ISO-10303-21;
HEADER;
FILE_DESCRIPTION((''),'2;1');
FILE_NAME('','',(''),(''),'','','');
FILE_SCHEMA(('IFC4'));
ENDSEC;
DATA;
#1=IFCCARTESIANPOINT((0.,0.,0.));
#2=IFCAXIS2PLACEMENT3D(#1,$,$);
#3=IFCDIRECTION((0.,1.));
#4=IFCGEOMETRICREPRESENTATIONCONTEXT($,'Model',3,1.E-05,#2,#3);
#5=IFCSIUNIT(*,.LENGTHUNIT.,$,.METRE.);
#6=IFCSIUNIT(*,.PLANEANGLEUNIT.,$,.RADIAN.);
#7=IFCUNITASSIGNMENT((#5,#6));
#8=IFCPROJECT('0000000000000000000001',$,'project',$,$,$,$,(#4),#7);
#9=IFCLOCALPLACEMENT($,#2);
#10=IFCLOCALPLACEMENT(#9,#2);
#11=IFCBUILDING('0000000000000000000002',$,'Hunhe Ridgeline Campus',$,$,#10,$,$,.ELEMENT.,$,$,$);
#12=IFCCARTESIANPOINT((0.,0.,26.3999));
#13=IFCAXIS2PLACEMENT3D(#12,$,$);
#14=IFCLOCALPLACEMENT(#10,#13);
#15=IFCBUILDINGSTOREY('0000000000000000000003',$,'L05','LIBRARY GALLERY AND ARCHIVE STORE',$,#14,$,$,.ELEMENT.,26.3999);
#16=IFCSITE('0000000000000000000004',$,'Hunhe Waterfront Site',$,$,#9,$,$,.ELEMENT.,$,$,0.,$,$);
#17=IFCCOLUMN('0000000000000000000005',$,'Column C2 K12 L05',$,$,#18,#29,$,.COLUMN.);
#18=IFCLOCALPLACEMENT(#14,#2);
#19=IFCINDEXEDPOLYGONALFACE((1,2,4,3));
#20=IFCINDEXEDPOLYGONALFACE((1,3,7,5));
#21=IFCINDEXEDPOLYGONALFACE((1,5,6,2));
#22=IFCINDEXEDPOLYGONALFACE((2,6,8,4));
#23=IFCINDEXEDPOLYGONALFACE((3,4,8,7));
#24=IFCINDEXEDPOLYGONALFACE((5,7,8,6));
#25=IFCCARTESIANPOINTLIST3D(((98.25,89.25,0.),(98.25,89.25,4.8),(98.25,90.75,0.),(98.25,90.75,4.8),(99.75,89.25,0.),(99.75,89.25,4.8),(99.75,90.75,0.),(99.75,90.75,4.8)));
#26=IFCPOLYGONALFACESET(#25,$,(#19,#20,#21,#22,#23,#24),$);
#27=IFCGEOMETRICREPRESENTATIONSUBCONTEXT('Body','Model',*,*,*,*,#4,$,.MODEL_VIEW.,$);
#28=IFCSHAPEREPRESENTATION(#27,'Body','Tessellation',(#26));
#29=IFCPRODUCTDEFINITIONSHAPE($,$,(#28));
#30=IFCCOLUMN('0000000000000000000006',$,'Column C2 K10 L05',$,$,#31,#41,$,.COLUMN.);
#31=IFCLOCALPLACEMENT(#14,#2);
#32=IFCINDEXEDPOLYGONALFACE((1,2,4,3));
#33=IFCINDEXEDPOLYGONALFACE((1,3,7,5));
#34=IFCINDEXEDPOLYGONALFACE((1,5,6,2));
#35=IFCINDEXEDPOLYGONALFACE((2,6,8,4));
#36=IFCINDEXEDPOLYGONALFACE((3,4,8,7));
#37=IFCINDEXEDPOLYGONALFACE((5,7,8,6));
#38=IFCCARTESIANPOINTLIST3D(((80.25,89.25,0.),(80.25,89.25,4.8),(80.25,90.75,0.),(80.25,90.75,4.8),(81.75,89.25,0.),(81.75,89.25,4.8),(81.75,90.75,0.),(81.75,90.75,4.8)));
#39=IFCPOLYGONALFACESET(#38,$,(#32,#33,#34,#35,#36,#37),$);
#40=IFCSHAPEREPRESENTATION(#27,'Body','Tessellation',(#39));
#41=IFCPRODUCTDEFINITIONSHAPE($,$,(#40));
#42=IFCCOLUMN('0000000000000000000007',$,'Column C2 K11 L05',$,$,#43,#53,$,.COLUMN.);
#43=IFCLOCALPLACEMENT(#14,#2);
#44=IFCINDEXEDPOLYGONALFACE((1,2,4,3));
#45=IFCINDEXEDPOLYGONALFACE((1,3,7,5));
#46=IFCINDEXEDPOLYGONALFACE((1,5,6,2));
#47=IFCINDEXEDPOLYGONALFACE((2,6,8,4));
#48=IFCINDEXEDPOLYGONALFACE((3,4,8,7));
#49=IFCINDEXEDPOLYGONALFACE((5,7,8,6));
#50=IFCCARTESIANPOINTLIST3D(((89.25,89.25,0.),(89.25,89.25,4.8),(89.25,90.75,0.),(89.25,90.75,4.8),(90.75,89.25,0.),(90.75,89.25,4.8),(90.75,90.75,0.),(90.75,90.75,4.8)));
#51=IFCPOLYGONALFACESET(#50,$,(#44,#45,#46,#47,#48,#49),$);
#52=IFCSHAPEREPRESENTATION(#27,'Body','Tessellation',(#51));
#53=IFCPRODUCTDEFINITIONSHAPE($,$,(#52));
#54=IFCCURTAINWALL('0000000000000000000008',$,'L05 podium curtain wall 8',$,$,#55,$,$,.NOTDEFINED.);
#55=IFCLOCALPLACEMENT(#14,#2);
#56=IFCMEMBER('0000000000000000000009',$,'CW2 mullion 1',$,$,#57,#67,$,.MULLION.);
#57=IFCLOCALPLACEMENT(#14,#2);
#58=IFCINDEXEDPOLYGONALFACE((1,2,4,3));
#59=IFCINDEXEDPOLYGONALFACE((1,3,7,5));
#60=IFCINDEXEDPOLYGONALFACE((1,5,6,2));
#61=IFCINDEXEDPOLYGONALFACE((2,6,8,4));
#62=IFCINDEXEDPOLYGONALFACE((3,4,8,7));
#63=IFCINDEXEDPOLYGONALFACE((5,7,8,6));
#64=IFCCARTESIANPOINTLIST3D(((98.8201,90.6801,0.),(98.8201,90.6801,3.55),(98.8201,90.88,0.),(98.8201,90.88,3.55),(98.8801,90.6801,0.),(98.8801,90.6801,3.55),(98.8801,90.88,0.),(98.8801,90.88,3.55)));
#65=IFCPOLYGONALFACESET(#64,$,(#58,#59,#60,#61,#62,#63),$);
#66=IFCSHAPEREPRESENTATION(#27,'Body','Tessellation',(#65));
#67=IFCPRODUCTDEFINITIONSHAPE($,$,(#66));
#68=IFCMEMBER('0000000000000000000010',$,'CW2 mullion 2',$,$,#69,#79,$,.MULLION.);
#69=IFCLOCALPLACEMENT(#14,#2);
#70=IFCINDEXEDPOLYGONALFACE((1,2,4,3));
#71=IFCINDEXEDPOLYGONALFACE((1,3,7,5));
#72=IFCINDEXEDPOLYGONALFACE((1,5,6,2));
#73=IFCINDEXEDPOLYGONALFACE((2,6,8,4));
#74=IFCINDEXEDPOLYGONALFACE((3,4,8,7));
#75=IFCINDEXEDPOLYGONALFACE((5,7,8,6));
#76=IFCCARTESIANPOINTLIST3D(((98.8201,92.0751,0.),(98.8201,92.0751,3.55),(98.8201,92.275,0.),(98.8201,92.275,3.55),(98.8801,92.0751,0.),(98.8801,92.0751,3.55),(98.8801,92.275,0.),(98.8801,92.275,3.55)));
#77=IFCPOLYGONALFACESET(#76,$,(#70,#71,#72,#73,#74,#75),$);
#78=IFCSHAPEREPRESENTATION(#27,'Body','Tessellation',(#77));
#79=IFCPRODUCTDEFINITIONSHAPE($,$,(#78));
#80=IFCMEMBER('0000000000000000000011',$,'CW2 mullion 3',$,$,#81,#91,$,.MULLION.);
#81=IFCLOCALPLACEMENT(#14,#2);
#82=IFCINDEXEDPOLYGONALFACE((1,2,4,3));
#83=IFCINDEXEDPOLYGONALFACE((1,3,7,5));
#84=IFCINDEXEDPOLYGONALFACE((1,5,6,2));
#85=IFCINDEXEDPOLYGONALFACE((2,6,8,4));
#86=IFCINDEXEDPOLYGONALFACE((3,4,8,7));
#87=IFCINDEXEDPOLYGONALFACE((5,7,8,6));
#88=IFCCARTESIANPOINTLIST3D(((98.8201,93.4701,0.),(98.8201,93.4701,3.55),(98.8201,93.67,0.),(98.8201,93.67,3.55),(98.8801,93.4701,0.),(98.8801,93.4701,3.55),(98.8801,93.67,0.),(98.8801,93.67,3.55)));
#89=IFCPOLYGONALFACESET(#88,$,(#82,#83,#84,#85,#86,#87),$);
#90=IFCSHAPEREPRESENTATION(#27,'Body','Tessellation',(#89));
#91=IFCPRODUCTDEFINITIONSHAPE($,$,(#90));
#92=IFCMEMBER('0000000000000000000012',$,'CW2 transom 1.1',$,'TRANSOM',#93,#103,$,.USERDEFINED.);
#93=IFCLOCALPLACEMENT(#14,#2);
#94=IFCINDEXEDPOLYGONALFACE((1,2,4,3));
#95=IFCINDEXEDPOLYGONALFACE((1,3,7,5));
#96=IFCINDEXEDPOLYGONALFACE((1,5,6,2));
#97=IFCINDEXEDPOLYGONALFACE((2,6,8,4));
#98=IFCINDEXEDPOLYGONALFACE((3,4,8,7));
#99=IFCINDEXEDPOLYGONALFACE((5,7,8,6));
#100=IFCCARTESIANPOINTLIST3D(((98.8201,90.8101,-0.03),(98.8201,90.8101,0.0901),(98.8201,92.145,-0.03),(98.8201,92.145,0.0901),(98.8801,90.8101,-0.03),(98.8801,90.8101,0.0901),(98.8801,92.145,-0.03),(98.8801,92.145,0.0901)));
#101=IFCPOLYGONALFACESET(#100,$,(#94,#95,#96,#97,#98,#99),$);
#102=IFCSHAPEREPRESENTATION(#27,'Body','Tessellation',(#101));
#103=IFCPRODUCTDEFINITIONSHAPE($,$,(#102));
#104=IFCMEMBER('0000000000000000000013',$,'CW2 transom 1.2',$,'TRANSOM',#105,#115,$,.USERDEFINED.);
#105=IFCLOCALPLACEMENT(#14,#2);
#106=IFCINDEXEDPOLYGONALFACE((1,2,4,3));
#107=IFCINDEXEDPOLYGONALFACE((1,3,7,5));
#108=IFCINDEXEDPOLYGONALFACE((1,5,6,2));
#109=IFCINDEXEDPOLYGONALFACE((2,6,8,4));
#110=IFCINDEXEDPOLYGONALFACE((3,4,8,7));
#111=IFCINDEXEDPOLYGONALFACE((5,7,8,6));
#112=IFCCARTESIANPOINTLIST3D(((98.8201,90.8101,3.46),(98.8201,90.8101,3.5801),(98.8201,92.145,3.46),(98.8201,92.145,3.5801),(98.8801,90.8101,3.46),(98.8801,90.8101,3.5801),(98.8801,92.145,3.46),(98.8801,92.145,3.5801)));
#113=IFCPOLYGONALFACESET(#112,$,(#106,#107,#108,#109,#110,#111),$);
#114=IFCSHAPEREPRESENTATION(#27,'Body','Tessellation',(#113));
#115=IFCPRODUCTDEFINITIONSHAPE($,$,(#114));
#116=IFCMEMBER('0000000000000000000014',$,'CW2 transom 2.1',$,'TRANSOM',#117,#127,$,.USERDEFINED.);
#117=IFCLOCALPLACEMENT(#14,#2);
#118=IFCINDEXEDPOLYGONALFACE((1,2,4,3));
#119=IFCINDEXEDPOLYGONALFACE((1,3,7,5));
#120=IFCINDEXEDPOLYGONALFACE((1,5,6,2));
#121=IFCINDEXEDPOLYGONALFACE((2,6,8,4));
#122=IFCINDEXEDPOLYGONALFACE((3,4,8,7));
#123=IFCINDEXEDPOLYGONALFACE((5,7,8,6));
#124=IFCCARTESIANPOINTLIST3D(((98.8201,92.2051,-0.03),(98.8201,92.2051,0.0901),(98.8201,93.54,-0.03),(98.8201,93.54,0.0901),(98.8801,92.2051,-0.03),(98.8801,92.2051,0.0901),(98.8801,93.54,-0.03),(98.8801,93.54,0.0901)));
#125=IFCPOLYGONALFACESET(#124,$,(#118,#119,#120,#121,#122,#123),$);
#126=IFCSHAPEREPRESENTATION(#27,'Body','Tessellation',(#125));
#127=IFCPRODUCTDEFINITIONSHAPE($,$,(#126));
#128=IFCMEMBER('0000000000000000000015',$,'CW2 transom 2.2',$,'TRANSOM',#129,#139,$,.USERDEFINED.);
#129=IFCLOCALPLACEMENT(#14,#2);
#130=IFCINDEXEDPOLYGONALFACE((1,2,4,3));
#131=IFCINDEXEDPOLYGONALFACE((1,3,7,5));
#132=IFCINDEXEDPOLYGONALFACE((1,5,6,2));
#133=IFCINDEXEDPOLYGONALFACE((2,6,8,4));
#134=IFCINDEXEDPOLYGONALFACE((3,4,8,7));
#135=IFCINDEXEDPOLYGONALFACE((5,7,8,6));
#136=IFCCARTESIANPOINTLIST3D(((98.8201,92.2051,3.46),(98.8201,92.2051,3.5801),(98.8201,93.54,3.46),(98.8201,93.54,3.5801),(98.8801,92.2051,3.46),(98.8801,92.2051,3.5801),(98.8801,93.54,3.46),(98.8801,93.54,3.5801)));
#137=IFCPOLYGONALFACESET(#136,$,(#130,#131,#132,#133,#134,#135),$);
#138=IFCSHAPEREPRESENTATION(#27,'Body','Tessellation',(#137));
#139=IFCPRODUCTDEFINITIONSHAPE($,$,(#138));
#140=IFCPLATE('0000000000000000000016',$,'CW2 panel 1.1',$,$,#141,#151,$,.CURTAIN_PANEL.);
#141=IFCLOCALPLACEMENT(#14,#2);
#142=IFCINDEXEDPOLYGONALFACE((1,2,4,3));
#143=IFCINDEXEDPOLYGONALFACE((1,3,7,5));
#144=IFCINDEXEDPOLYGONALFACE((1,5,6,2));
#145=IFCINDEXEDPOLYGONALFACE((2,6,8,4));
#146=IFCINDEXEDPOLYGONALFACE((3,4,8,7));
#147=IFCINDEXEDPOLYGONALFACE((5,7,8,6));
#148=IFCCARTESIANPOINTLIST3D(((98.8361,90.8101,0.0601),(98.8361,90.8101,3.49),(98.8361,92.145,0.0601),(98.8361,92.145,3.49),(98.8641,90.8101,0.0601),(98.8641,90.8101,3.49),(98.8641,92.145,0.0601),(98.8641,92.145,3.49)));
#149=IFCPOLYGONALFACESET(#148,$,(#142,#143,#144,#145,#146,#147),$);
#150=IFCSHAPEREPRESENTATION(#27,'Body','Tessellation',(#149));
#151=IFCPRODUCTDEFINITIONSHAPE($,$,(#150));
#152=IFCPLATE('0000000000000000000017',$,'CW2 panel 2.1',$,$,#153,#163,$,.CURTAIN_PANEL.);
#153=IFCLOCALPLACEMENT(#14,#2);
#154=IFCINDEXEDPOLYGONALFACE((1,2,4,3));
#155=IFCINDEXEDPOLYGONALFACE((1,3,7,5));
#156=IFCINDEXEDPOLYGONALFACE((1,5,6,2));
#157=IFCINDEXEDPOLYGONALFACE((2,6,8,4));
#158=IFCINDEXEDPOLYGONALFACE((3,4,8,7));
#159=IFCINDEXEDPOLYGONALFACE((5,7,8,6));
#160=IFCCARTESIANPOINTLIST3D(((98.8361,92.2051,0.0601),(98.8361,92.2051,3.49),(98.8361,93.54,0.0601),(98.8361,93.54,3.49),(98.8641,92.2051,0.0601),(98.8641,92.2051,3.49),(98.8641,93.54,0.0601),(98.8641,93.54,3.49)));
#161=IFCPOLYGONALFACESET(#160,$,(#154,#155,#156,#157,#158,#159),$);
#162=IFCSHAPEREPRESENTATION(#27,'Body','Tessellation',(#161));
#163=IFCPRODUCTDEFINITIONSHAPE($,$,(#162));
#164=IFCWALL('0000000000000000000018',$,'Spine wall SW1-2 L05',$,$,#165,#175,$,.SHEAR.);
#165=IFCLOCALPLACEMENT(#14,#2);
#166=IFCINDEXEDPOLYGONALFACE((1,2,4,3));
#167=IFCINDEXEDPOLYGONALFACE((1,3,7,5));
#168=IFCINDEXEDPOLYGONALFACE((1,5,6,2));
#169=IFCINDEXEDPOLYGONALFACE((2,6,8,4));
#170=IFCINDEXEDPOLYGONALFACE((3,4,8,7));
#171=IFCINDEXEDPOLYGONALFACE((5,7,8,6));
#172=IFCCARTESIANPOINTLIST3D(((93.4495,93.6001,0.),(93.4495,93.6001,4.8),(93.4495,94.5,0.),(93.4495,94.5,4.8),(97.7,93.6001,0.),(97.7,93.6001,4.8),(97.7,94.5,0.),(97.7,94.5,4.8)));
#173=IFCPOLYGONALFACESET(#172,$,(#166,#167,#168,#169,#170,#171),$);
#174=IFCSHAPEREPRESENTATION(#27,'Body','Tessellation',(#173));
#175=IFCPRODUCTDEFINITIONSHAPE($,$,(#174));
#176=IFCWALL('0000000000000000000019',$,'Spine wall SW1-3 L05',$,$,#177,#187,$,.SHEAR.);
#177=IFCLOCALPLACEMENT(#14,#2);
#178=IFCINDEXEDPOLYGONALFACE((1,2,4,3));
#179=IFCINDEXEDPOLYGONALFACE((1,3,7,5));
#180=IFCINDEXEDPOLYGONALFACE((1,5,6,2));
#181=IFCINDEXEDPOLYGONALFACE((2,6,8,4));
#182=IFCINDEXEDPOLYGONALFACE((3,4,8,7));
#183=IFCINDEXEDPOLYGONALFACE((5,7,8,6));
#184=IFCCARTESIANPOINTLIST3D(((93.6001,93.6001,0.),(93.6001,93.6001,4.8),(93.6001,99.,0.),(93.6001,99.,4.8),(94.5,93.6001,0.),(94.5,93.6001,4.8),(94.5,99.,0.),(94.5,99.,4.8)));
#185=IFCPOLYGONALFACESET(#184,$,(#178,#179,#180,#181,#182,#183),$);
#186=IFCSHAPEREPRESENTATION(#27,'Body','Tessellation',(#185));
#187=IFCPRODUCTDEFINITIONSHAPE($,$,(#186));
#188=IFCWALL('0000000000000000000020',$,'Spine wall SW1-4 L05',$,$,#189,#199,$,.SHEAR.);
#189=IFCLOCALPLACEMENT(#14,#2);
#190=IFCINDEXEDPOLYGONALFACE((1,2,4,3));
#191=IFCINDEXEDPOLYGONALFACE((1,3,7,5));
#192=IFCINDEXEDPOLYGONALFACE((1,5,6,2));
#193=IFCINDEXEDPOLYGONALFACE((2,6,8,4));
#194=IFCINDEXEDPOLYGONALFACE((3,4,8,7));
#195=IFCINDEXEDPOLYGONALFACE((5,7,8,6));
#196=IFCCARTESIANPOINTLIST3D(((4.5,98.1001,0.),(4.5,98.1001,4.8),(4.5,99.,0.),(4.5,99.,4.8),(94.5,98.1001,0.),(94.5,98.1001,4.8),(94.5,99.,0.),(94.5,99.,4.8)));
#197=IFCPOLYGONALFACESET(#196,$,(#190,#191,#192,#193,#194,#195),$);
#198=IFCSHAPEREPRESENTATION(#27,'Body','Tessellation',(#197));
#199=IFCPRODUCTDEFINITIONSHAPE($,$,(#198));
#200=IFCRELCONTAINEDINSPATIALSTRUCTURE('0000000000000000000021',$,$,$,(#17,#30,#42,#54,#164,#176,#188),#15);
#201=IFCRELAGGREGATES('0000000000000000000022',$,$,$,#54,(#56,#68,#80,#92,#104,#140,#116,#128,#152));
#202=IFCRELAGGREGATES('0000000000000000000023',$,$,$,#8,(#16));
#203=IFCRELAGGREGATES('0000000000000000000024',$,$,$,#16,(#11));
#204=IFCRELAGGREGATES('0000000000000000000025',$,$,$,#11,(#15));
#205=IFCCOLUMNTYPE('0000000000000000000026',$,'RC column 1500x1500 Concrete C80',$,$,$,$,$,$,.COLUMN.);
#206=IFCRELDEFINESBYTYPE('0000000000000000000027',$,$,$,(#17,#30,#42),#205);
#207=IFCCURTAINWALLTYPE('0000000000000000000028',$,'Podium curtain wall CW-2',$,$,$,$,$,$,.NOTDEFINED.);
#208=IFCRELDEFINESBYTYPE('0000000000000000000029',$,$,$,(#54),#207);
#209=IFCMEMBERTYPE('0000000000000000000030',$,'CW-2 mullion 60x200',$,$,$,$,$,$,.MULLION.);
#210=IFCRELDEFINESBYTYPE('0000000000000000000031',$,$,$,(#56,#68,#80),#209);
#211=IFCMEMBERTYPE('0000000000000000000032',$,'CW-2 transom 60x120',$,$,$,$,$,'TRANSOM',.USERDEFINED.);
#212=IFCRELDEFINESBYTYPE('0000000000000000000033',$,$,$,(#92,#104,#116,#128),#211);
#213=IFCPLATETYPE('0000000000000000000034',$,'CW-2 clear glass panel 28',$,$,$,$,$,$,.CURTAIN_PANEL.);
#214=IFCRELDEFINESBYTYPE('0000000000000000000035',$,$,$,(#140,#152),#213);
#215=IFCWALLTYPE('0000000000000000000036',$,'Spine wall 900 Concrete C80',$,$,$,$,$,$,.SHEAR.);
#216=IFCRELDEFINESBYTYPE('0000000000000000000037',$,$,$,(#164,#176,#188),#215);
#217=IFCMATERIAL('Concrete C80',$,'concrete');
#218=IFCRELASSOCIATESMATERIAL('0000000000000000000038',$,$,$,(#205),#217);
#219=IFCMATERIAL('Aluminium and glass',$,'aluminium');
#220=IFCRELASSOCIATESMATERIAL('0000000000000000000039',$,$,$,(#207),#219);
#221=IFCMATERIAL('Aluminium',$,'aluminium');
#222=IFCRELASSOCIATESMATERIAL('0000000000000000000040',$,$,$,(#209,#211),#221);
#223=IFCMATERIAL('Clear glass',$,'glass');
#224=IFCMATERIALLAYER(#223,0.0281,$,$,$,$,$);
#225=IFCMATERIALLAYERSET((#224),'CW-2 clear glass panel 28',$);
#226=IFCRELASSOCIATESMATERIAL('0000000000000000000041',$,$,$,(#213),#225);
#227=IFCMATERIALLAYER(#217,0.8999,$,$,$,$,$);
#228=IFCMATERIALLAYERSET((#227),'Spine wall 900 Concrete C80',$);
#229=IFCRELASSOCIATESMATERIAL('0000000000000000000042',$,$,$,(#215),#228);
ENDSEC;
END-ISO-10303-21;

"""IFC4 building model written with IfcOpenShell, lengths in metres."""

from ifc_helpers import new_model, si_unit, direction, frame, frame_2d, origin, origin_2d, place, context, subcontext, project, spatial, rectangle, extrude, material, layer, layer_set, material_profile, profile_set, type_object, element, aggregate, save


model = new_model("IFC4")

# Units and contexts
model_context = context("Model", 3, precision=1e-05, world=origin(), true_north=direction((0.0, 1.0)))
body_context = subcontext(model_context, "Body", "Model", "MODEL_VIEW")
ifc_project = project(units=[si_unit("LENGTHUNIT", "METRE"), si_unit("PLANEANGLEUNIT", "RADIAN")], contexts=[model_context])

# Site, building, storey
site_placement = place(None, origin())
site = spatial("IfcSite", under=ifc_project, at=site_placement, Name="Hunhe Waterfront Site", CompositionType="ELEMENT", RefElevation=0.0)
building_placement = place(site_placement, origin())
building = spatial("IfcBuilding", under=site, at=building_placement, Name="Hunhe Ridgeline Campus", CompositionType="ELEMENT")
storey_placement = place(building_placement, frame((0.0, 0.0, 26.3999)))
storey = spatial("IfcBuildingStorey", under=building, at=storey_placement, Name="L05", Description="LIBRARY GALLERY AND ARCHIVE STORE", CompositionType="ELEMENT", Elevation=26.3999)

# Columns
ifc_material_1 = material(Name="Concrete C80", Category="concrete")
ifc_material_profile_1 = material_profile(ifc_material_1, rectangle(XDim=1.5, YDim=1.5, at=origin_2d()))
ifc_profile_set_1 = profile_set([ifc_material_profile_1], Name="Concrete C80")
column_type = type_object("IfcColumnType", Name="RC column 1500x1500 Concrete C80", PredefinedType="COLUMN", material=ifc_profile_set_1)
for number, where, z_axis, x_axis, name in (
    (1, (99.0, 90.0, 0.0), (0.0, 0.0, 1.0), (1.0, 0.0, 0.0), "Column C2 K12 L05"),
    (2, (81.0, 90.0, 0.0), (0.0, 0.0, 1.0), (1.0, 0.0, 0.0), "Column C2 K10 L05"),
    (3, (90.0, 90.0, 0.0), (0.0, 0.0, 1.0), (1.0, 0.0, 0.0), "Column C2 K11 L05"),
):
    element("IfcColumn", number, at=place(storey_placement, frame(where, z_axis=z_axis, x_axis=x_axis)), inside=storey, type_object=column_type, Name=name, PredefinedType="COLUMN", context=body_context, shape_type="SweptSolid", body=[
        extrude(rectangle(XDim=1.5, YDim=1.5, at=origin_2d()), origin(), (0.0, 0.0, 1.0), 4.8),
    ])

# Curtain wall, members, plates
ifc_material_2 = material(Name="Aluminium and glass", Category="aluminium")
curtain_wall_type = type_object("IfcCurtainWallType", Name="Podium curtain wall CW-2", PredefinedType="NOTDEFINED", material=ifc_material_2)
curtain_wall_placement = place(storey_placement, origin())
curtain_wall = element("IfcCurtainWall", 4, at=curtain_wall_placement, inside=storey, type_object=curtain_wall_type, Name="L05 podium curtain wall 8", PredefinedType="NOTDEFINED")
ifc_material_3 = material(Name="Aluminium", Category="aluminium")
ifc_material_profile_2 = material_profile(ifc_material_3, rectangle(XDim=0.0601, YDim=0.2, at=origin_2d()))
ifc_profile_set_2 = profile_set([ifc_material_profile_2], Name="Aluminium")
member_type_1 = type_object("IfcMemberType", Name="CW-2 mullion 60x200", PredefinedType="MULLION", material=ifc_profile_set_2)
member_1_placement = place(storey_placement, frame((98.8501, 90.78, 0.0), z_axis=(0.0, 0.0, 1.0), x_axis=(-1.0, 0.0, 0.0)))
member_1 = element("IfcMember", 5, at=member_1_placement, type_object=member_type_1, Name="CW2 mullion 1", PredefinedType="MULLION", context=body_context, shape_type="SweptSolid", body=[
    extrude(rectangle(XDim=0.0601, YDim=0.2, at=origin_2d()), origin(), (0.0, 0.0, 1.0), 3.55),
])
member_2_placement = place(storey_placement, frame((98.8501, 92.175, 0.0), z_axis=(0.0, 0.0, 1.0), x_axis=(-1.0, 0.0, 0.0)))
member_2 = element("IfcMember", 6, at=member_2_placement, type_object=member_type_1, Name="CW2 mullion 2", PredefinedType="MULLION", context=body_context, shape_type="SweptSolid", body=[
    extrude(rectangle(XDim=0.0601, YDim=0.2, at=origin_2d()), origin(), (0.0, 0.0, 1.0), 3.55),
])
member_3_placement = place(storey_placement, frame((98.8501, 93.5701, 0.0), z_axis=(0.0, 0.0, 1.0), x_axis=(-1.0, 0.0, 0.0)))
member_3 = element("IfcMember", 7, at=member_3_placement, type_object=member_type_1, Name="CW2 mullion 3", PredefinedType="MULLION", context=body_context, shape_type="SweptSolid", body=[
    extrude(rectangle(XDim=0.0601, YDim=0.2, at=origin_2d()), origin(), (0.0, 0.0, 1.0), 3.55),
])
ifc_material_profile_3 = material_profile(ifc_material_3, rectangle(XDim=0.0601, YDim=0.1201, at=origin_2d()))
ifc_profile_set_3 = profile_set([ifc_material_profile_3], Name="Aluminium")
member_type_2 = type_object("IfcMemberType", Name="CW-2 transom 60x120", ElementType="TRANSOM", PredefinedType="USERDEFINED", material=ifc_profile_set_3)
member_4_placement = place(storey_placement, frame((98.8501, 90.8101, 0.03), z_axis=(0.0, 1.0, 0.0), x_axis=(-1.0, 0.0, 0.0)))
member_4 = element("IfcMember", 8, at=member_4_placement, type_object=member_type_2, Name="CW2 transom 1.1", ObjectType="TRANSOM", PredefinedType="USERDEFINED", context=body_context, shape_type="SweptSolid", body=[
    extrude(rectangle(XDim=0.0601, YDim=0.1201, at=origin_2d()), origin(), (0.0, 0.0, 1.0), 1.335),
])
member_5_placement = place(storey_placement, frame((98.8501, 90.8101, 3.52), z_axis=(0.0, 1.0, 0.0), x_axis=(-1.0, 0.0, 0.0)))
member_5 = element("IfcMember", 9, at=member_5_placement, type_object=member_type_2, Name="CW2 transom 1.2", ObjectType="TRANSOM", PredefinedType="USERDEFINED", context=body_context, shape_type="SweptSolid", body=[
    extrude(rectangle(XDim=0.0601, YDim=0.1201, at=origin_2d()), origin(), (0.0, 0.0, 1.0), 1.335),
])
member_6_placement = place(storey_placement, frame((98.8501, 92.2051, 0.03), z_axis=(0.0, 1.0, 0.0), x_axis=(-1.0, 0.0, 0.0)))
member_6 = element("IfcMember", 10, at=member_6_placement, type_object=member_type_2, Name="CW2 transom 2.1", ObjectType="TRANSOM", PredefinedType="USERDEFINED", context=body_context, shape_type="SweptSolid", body=[
    extrude(rectangle(XDim=0.0601, YDim=0.1201, at=origin_2d()), origin(), (0.0, 0.0, 1.0), 1.335),
])
member_7_placement = place(storey_placement, frame((98.8501, 92.2051, 3.52), z_axis=(0.0, 1.0, 0.0), x_axis=(-1.0, 0.0, 0.0)))
member_7 = element("IfcMember", 11, at=member_7_placement, type_object=member_type_2, Name="CW2 transom 2.2", ObjectType="TRANSOM", PredefinedType="USERDEFINED", context=body_context, shape_type="SweptSolid", body=[
    extrude(rectangle(XDim=0.0601, YDim=0.1201, at=origin_2d()), origin(), (0.0, 0.0, 1.0), 1.335),
])
ifc_material_4 = material(Name="Clear glass", Category="glass")
ifc_layer_1 = layer(ifc_material_4, 0.0281)
ifc_layer_set_1 = layer_set([ifc_layer_1], Name="CW-2 clear glass panel 28")
plate_type = type_object("IfcPlateType", Name="CW-2 clear glass panel 28", PredefinedType="CURTAIN_PANEL", material=ifc_layer_set_1)
plate_1_placement = place(storey_placement, frame((98.8501, 91.4775, 0.0601), z_axis=(0.0, 0.0, 1.0), x_axis=(0.0, 1.0, 0.0)))
plate_1 = element("IfcPlate", 12, at=plate_1_placement, type_object=plate_type, Name="CW2 panel 1.1", PredefinedType="CURTAIN_PANEL", context=body_context, shape_type="SweptSolid", body=[
    extrude(rectangle(XDim=1.335, YDim=0.0281, at=origin_2d()), origin(), (0.0, 0.0, 1.0), 3.4299),
])
plate_2_placement = place(storey_placement, frame((98.8501, 92.8726, 0.0601), z_axis=(0.0, 0.0, 1.0), x_axis=(0.0, 1.0, 0.0)))
plate_2 = element("IfcPlate", 13, at=plate_2_placement, type_object=plate_type, Name="CW2 panel 2.1", PredefinedType="CURTAIN_PANEL", context=body_context, shape_type="SweptSolid", body=[
    extrude(rectangle(XDim=1.335, YDim=0.0281, at=origin_2d()), origin(), (0.0, 0.0, 1.0), 3.4299),
])
aggregate(curtain_wall, [member_1, member_2, member_3, member_4, member_5, plate_1, member_6, member_7, plate_2])

# Walls
ifc_layer_2 = layer(ifc_material_1, 0.8999)
ifc_layer_set_2 = layer_set([ifc_layer_2], Name="Spine wall 900 Concrete C80")
wall_type_1 = type_object("IfcWallType", Name="Spine wall 900 Concrete C80", PredefinedType="SHEAR", material=ifc_layer_set_2)
wall_1_placement = place(storey_placement, frame((97.7, 94.05, 0.0), z_axis=(0.0, 0.0, 1.0), x_axis=(-1.0, 0.0, 0.0)))
element("IfcWall", 14, at=wall_1_placement, inside=storey, type_object=wall_type_1, Name="Spine wall SW1-2 L05", PredefinedType="SHEAR", context=body_context, shape_type="SweptSolid", body=[
    extrude(rectangle(XDim=4.2505, YDim=0.8999, at=frame_2d((2.1252, 0.0))), origin(), (0.0, 0.0, 1.0), 4.8),
])
wall_2_placement = place(storey_placement, frame((94.05, 93.6001, 0.0), z_axis=(0.0, 0.0, 1.0), x_axis=(0.0, 1.0, 0.0)))
element("IfcWall", 15, at=wall_2_placement, inside=storey, type_object=wall_type_1, Name="Spine wall SW1-3 L05", PredefinedType="SHEAR", context=body_context, shape_type="SweptSolid", body=[
    extrude(rectangle(XDim=5.3999, YDim=0.8999, at=frame_2d((2.7, 0.0))), origin(), (0.0, 0.0, 1.0), 4.8),
])
wall_3_placement = place(storey_placement, frame((94.5, 98.55, 0.0), z_axis=(0.0, 0.0, 1.0), x_axis=(-1.0, 0.0, 0.0)))
element("IfcWall", 16, at=wall_3_placement, inside=storey, type_object=wall_type_1, Name="Spine wall SW1-4 L05", PredefinedType="SHEAR", context=body_context, shape_type="SweptSolid", body=[
    extrude(rectangle(XDim=90.0, YDim=0.8999, at=frame_2d((45.0, 0.0))), origin(), (0.0, 0.0, 1.0), 4.8),
])

save(model, "model.ifc")
